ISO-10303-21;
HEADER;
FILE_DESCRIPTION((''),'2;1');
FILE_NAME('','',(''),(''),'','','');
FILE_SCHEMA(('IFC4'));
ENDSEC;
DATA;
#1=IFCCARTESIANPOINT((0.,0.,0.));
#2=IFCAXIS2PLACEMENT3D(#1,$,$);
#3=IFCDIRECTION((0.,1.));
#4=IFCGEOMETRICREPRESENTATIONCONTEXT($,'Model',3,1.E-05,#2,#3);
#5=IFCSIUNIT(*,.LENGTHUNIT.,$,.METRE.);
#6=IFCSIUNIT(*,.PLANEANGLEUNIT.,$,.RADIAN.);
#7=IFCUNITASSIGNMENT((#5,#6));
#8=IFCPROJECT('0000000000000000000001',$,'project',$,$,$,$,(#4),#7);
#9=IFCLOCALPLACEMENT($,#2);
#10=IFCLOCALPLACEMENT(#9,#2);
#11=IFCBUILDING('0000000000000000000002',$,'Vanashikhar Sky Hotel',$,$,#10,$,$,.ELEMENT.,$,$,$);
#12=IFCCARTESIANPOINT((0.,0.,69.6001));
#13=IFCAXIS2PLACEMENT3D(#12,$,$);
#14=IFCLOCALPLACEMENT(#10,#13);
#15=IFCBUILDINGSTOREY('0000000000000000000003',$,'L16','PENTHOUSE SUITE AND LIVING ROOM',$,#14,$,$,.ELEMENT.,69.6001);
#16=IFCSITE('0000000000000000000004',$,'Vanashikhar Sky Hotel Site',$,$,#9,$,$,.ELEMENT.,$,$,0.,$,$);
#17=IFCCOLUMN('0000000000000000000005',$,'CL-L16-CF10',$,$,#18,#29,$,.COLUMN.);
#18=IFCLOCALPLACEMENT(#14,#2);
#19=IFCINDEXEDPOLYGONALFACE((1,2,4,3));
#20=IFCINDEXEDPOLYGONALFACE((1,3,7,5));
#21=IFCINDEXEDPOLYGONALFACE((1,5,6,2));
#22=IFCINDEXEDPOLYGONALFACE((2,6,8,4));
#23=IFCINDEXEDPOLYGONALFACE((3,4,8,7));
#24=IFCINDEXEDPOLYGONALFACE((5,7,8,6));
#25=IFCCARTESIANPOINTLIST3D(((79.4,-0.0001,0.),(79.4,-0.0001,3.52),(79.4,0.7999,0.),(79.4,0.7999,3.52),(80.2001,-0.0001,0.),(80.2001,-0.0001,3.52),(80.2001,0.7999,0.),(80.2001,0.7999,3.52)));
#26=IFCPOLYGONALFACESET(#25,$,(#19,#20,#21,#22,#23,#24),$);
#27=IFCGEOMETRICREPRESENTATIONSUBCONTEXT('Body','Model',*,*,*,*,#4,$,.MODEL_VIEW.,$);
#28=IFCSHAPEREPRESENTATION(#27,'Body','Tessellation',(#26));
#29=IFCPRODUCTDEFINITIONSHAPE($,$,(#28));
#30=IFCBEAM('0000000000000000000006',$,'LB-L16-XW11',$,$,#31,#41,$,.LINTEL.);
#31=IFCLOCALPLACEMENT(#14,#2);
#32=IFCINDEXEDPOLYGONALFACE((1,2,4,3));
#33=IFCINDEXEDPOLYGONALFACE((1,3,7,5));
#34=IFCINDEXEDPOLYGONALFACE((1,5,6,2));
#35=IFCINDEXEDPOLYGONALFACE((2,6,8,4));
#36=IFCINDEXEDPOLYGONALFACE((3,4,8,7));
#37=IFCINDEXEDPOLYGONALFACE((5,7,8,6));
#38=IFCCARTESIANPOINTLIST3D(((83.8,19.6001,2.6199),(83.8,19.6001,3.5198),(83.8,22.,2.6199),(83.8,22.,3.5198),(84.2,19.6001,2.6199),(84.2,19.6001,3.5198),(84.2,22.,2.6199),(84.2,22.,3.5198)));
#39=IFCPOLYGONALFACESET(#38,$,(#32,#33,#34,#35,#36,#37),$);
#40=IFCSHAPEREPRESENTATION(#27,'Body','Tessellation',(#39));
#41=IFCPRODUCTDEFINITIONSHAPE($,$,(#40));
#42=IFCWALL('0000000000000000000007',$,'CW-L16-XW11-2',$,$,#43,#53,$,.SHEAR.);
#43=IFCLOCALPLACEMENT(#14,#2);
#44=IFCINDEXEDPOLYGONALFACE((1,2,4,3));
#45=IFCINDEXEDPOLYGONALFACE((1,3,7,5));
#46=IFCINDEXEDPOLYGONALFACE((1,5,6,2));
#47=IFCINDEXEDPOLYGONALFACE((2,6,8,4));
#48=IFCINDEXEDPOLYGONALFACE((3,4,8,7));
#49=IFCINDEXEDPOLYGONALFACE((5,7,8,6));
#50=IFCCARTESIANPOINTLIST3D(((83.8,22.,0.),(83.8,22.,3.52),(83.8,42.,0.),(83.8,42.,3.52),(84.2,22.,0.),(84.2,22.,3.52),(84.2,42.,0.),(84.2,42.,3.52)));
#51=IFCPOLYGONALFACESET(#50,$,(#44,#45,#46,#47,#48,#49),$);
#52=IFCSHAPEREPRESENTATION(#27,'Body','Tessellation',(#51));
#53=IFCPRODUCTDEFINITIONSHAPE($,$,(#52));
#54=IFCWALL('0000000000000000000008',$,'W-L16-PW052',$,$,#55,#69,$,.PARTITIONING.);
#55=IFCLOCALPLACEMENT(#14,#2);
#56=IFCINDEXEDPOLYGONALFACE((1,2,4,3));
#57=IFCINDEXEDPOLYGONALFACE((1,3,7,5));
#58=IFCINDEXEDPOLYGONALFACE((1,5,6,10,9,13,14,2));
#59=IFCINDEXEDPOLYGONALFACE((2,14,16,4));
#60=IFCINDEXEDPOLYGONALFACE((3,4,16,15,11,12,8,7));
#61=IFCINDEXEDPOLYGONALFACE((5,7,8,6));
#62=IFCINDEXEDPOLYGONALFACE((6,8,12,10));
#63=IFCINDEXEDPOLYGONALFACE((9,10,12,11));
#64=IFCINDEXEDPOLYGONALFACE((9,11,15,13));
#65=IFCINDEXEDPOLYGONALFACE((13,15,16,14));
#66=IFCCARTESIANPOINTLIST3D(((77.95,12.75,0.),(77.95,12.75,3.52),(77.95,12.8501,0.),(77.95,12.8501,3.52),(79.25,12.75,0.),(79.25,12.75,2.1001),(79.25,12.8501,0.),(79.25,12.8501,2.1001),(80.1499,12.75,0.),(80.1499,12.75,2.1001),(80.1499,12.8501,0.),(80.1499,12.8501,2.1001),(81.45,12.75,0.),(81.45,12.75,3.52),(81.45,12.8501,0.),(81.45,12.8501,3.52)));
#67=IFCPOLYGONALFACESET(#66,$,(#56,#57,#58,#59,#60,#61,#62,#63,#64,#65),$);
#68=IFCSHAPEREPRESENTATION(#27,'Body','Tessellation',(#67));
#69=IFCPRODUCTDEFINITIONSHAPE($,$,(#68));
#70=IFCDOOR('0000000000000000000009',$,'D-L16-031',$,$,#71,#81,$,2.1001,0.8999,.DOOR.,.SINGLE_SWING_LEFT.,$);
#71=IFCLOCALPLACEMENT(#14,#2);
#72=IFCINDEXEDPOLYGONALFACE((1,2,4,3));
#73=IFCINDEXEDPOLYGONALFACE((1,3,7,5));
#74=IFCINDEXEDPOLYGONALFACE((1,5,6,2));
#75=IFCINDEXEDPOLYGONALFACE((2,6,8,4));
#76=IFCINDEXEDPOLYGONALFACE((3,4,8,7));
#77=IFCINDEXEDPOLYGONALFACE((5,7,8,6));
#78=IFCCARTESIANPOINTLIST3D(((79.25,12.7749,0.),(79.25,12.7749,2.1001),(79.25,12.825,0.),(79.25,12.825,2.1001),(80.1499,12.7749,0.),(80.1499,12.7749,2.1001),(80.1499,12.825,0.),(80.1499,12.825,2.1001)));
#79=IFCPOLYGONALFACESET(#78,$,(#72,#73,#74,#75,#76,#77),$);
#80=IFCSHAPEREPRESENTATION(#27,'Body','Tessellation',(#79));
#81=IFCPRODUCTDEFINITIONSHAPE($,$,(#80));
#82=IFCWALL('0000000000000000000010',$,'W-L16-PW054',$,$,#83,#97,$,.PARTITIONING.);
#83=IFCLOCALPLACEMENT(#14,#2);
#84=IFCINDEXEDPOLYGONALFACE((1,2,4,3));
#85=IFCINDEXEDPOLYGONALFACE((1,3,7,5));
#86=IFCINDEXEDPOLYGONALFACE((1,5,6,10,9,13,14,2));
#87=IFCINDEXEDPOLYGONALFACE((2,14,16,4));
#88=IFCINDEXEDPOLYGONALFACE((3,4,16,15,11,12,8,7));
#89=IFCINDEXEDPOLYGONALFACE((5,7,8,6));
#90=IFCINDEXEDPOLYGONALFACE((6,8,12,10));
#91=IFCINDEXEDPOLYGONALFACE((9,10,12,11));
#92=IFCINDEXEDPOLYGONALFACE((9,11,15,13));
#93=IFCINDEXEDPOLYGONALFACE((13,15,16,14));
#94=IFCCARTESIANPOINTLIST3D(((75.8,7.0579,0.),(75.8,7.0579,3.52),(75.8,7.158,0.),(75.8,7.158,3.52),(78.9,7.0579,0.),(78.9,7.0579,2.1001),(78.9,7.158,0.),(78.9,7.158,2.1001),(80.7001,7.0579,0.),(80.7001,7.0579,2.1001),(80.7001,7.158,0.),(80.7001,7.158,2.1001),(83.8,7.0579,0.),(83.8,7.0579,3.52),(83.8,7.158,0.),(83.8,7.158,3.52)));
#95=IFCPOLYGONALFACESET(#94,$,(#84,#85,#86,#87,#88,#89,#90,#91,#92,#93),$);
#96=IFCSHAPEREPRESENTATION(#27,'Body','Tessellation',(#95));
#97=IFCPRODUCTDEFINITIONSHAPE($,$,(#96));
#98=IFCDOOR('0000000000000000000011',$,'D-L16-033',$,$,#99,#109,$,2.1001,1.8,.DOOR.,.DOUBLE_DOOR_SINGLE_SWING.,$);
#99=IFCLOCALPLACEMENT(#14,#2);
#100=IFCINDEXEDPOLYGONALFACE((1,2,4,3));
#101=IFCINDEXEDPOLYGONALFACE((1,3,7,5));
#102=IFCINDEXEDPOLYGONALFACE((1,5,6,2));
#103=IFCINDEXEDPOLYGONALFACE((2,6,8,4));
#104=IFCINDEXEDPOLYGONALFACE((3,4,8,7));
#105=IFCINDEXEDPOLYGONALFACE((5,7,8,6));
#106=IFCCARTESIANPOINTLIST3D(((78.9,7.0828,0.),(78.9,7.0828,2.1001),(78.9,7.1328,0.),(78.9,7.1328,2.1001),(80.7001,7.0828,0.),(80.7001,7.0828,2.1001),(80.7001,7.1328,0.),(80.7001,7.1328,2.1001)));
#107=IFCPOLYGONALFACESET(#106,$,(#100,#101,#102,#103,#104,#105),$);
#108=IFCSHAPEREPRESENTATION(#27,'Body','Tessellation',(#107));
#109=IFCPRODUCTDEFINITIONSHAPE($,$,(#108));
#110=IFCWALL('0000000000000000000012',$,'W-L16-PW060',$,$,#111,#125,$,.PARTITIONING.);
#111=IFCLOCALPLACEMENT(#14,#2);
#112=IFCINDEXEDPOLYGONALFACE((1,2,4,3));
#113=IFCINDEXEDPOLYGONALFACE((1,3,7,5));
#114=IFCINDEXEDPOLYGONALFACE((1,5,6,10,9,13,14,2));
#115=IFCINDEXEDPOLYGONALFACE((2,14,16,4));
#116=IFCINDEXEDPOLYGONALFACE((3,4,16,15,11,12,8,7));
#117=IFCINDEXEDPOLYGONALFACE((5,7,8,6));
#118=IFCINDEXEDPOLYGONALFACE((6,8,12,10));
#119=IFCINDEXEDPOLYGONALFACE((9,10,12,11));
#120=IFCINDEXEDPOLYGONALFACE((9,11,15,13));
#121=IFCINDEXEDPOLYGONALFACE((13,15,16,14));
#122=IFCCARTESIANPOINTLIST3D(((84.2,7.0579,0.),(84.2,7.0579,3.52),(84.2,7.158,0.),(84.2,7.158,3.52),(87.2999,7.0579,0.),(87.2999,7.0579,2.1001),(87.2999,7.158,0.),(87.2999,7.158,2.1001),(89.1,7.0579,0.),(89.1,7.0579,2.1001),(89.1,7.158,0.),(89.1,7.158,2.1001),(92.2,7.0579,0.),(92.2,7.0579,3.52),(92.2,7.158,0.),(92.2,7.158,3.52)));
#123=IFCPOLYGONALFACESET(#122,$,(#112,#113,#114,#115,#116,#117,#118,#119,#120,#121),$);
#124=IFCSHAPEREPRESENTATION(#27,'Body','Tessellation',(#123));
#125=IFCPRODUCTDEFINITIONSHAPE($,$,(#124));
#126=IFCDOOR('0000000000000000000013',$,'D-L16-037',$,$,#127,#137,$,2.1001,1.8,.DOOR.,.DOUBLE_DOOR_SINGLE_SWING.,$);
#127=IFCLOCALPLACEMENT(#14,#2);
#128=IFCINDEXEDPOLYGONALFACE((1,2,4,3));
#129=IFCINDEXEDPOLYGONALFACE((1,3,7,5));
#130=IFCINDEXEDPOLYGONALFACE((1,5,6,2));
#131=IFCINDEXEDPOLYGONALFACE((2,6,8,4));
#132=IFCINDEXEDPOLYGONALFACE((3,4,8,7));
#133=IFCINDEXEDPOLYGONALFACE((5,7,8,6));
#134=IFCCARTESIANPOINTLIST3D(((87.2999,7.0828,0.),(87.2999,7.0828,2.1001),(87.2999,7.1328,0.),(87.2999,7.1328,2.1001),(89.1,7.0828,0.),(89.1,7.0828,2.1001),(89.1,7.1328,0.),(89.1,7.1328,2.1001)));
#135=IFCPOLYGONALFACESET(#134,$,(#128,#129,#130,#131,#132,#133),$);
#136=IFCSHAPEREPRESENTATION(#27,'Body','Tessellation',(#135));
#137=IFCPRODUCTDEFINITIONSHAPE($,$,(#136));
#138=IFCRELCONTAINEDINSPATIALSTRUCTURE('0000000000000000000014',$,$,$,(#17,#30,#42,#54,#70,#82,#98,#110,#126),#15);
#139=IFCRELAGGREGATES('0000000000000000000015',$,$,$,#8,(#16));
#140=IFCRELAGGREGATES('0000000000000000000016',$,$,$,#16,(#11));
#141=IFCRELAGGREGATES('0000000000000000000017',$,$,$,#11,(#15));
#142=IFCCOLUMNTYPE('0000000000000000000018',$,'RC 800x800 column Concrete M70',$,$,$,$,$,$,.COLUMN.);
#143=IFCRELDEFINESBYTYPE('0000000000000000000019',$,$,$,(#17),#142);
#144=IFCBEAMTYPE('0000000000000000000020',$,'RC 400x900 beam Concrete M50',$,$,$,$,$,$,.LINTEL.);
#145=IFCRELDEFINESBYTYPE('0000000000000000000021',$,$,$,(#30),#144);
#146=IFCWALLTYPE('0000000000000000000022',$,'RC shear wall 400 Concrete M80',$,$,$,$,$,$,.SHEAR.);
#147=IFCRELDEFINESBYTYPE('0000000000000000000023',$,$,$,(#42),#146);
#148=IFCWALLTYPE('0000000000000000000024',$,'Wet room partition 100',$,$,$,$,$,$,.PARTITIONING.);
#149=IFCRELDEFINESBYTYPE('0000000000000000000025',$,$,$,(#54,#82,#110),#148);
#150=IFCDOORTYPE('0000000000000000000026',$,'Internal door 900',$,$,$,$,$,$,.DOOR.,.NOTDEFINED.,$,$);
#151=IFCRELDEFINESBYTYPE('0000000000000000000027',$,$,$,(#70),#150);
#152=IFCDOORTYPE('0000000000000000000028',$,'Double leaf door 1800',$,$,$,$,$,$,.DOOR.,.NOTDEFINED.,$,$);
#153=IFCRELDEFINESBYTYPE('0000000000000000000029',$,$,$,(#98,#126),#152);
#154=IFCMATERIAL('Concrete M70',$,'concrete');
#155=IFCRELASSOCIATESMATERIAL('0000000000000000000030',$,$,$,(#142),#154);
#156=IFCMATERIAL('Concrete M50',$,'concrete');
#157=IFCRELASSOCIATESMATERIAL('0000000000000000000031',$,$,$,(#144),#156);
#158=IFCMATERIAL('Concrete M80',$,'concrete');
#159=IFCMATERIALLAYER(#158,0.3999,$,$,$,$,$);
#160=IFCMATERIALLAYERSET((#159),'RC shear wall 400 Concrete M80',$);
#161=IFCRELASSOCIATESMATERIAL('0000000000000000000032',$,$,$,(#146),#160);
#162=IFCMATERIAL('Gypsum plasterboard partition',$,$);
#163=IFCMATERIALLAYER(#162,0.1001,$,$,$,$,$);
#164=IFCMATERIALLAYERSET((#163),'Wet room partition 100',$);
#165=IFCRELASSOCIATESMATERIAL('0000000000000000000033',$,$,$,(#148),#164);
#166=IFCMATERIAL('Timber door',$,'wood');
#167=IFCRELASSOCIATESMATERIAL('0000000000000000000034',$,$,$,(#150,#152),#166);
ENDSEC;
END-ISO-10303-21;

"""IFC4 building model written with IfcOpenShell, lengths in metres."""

from ifc_helpers import new_model, si_unit, direction, frame, frame_2d, origin, origin_2d, place, context, subcontext, project, spatial, rectangle, extrude, source, transform, mapped, material, layer, layer_set, material_profile, profile_set, type_object, element, fill, save


model = new_model("IFC4")

# Units and contexts
model_context = context("Model", 3, precision=1e-05, world=origin(), true_north=direction((0.0, 1.0)))
body_context = subcontext(model_context, "Body", "Model", "MODEL_VIEW")
ifc_project = project(units=[si_unit("LENGTHUNIT", "METRE"), si_unit("PLANEANGLEUNIT", "RADIAN")], contexts=[model_context])

# Site, building, storey
site_placement = place(None, origin())
site = spatial("IfcSite", under=ifc_project, at=site_placement, Name="Vanashikhar Sky Hotel Site", CompositionType="ELEMENT", RefElevation=0.0)
building_placement = place(site_placement, origin())
building = spatial("IfcBuilding", under=site, at=building_placement, Name="Vanashikhar Sky Hotel", CompositionType="ELEMENT")
storey_placement = place(building_placement, frame((0.0, 0.0, 69.6001)))
storey = spatial("IfcBuildingStorey", under=building, at=storey_placement, Name="L16", Description="PENTHOUSE SUITE AND LIVING ROOM", CompositionType="ELEMENT", Elevation=69.6001)

# Column
ifc_material_1 = material(Name="Concrete M70", Category="concrete")
ifc_material_profile_1 = material_profile(ifc_material_1, rectangle(XDim=0.8, YDim=0.8, at=origin_2d()))
ifc_profile_set_1 = profile_set([ifc_material_profile_1], Name="RC 800x800 column Concrete M70")
column_type = type_object("IfcColumnType", Name="RC 800x800 column Concrete M70", PredefinedType="COLUMN", material=ifc_profile_set_1)
shared_shape_1 = source(origin(), body_context, "Body", "SweptSolid", [
    extrude(rectangle(XDim=0.8, YDim=0.8, at=origin_2d()), origin(), (0.0, 0.0, 1.0), 3.52),
])
column_placement = place(storey_placement, frame((79.8, 0.3999, 0.0), z_axis=(0.0, 0.0, 1.0), x_axis=(1.0, 0.0, 0.0)))
element("IfcColumn", 1, at=column_placement, inside=storey, type_object=column_type, Name="CL-L16-CF10", PredefinedType="COLUMN", context=body_context, shape_type="MappedRepresentation", body=[
    mapped(shared_shape_1, transform((0.0, 0.0, 0.0), scale=1.0)),
])

# Beam
ifc_material_2 = material(Name="Concrete M50", Category="concrete")
ifc_material_profile_2 = material_profile(ifc_material_2, rectangle(XDim=0.3999, YDim=0.8999, at=origin_2d()))
ifc_profile_set_2 = profile_set([ifc_material_profile_2], Name="RC 400x900 beam Concrete M50")
beam_type = type_object("IfcBeamType", Name="RC 400x900 beam Concrete M50", PredefinedType="LINTEL", material=ifc_profile_set_2)
shared_shape_2 = source(origin(), body_context, "Body", "SweptSolid", [
    extrude(rectangle(XDim=0.3999, YDim=0.8999, at=origin_2d()), origin(), (0.0, 0.0, 1.0), 2.3999),
])
beam_placement = place(storey_placement, frame((84.0, 19.6001, 3.0698), z_axis=(0.0, 1.0, 0.0), x_axis=(-1.0, 0.0, 0.0)))
element("IfcBeam", 2, at=beam_placement, inside=storey, type_object=beam_type, Name="LB-L16-XW11", PredefinedType="LINTEL", context=body_context, shape_type="MappedRepresentation", body=[
    mapped(shared_shape_2, transform((0.0, 0.0, 0.0), scale=1.0)),
])

# Wall
ifc_material_3 = material(Name="Concrete M80", Category="concrete")
ifc_layer_1 = layer(ifc_material_3, 0.3999)
ifc_layer_set_1 = layer_set([ifc_layer_1], Name="RC shear wall 400 Concrete M80")
wall_type_1 = type_object("IfcWallType", Name="RC shear wall 400 Concrete M80", PredefinedType="SHEAR", material=ifc_layer_set_1)
shared_shape_3 = source(origin(), body_context, "Body", "SweptSolid", [
    extrude(rectangle(XDim=20.0, YDim=0.3999, at=frame_2d((10.0, 0.0))), origin(), (0.0, 0.0, 1.0), 3.52),
])
wall_1_placement = place(storey_placement, frame((84.0, 22.0, 0.0), z_axis=(0.0, 0.0, 1.0), x_axis=(0.0, 1.0, 0.0)))
element("IfcWall", 3, at=wall_1_placement, inside=storey, type_object=wall_type_1, Name="CW-L16-XW11-2", PredefinedType="SHEAR", context=body_context, shape_type="MappedRepresentation", body=[
    mapped(shared_shape_3, transform((0.0, 0.0, 0.0), scale=1.0)),
])

# Walls, openings, doors
ifc_material_4 = material(Name="Gypsum plasterboard partition")
ifc_layer_2 = layer(ifc_material_4, 0.1001)
ifc_layer_set_2 = layer_set([ifc_layer_2], Name="Wet room partition 100")
wall_type_2 = type_object("IfcWallType", Name="Wet room partition 100", PredefinedType="PARTITIONING", material=ifc_layer_set_2)
shared_shape_4 = source(origin(), body_context, "Body", "SweptSolid", [
    extrude(rectangle(XDim=3.5, YDim=0.1001, at=frame_2d((1.75, 0.0))), origin(), (0.0, 0.0, 1.0), 3.52),
])
wall_2_placement = place(storey_placement, frame((77.95, 12.8, 0.0), z_axis=(0.0, 0.0, 1.0), x_axis=(1.0, 0.0, 0.0)))
wall_2 = element("IfcWall", 4, at=wall_2_placement, inside=storey, type_object=wall_type_2, Name="W-L16-PW052", PredefinedType="PARTITIONING", context=body_context, shape_type="MappedRepresentation", body=[
    mapped(shared_shape_4, transform((0.0, 0.0, 0.0), scale=1.0)),
])
shared_shape_5 = source(origin(), body_context, "Body", "SweptSolid", [
    extrude(rectangle(XDim=0.8999, YDim=2.1001, at=frame_2d((0.45, 1.05))), frame((0.0, 0.0601, 0.0), z_axis=(0.0, -1.0, 0.0), x_axis=(1.0, 0.0, 0.0)), (0.0, 0.0, 1.0), 0.1201),
])
opening_1_placement = place(wall_2_placement, frame((1.3, 0.0, 0.0)))
opening_1 = element("IfcOpeningElement", 5, at=opening_1_placement, cuts=wall_2, PredefinedType="OPENING", context=body_context, shape_type="MappedRepresentation", body=[
    mapped(shared_shape_5, transform((0.0, 0.0, 0.0), scale=1.0)),
])
ifc_material_5 = material(Name="Timber door", Category="wood")
door_type_1 = type_object("IfcDoorType", Name="Internal door 900", OperationType="NOTDEFINED", PredefinedType="DOOR", material=ifc_material_5)
shared_shape_6 = source(origin(), body_context, "Body", "SweptSolid", [
    extrude(rectangle(XDim=0.8999, YDim=2.1001, at=frame_2d((0.45, 1.05))), frame((0.0, 0.0249, 0.0), z_axis=(0.0, -1.0, 0.0), x_axis=(1.0, 0.0, 0.0)), (0.0, 0.0, 1.0), 0.05),
])
door_1_placement = place(opening_1_placement, origin())
door_1 = element("IfcDoor", 6, at=door_1_placement, inside=storey, type_object=door_type_1, Name="D-L16-031", OperationType="SINGLE_SWING_LEFT", OverallHeight=2.1001, OverallWidth=0.8999, PredefinedType="DOOR", context=body_context, shape_type="MappedRepresentation", body=[
    mapped(shared_shape_6, transform((0.0, 0.0, 0.0), scale=1.0)),
])
fill(opening_1, door_1)
shared_shape_7 = source(origin(), body_context, "Body", "SweptSolid", [
    extrude(rectangle(XDim=8.0, YDim=0.1001, at=frame_2d((4.0, 0.0))), origin(), (0.0, 0.0, 1.0), 3.52),
])
wall_3_placement = place(storey_placement, frame((75.8, 7.1079, 0.0), z_axis=(0.0, 0.0, 1.0), x_axis=(1.0, 0.0, 0.0)))
wall_3 = element("IfcWall", 7, at=wall_3_placement, inside=storey, type_object=wall_type_2, Name="W-L16-PW054", PredefinedType="PARTITIONING", context=body_context, shape_type="MappedRepresentation", body=[
    mapped(shared_shape_7, transform((0.0, 0.0, 0.0), scale=1.0)),
])
shared_shape_8 = source(origin(), body_context, "Body", "SweptSolid", [
    extrude(rectangle(XDim=1.8, YDim=2.1001, at=frame_2d((0.8999, 1.05))), frame((0.0, 0.0601, 0.0), z_axis=(0.0, -1.0, 0.0), x_axis=(1.0, 0.0, 0.0)), (0.0, 0.0, 1.0), 0.1201),
])
opening_2_placement = place(wall_3_placement, frame((3.1001, 0.0, 0.0)))
opening_2 = element("IfcOpeningElement", 8, at=opening_2_placement, cuts=wall_3, PredefinedType="OPENING", context=body_context, shape_type="MappedRepresentation", body=[
    mapped(shared_shape_8, transform((0.0, 0.0, 0.0), scale=1.0)),
])
door_type_2 = type_object("IfcDoorType", Name="Double leaf door 1800", OperationType="NOTDEFINED", PredefinedType="DOOR", material=ifc_material_5)
shared_shape_9 = source(origin(), body_context, "Body", "SweptSolid", [
    extrude(rectangle(XDim=1.8, YDim=2.1001, at=frame_2d((0.8999, 1.05))), frame((0.0, 0.0249, 0.0), z_axis=(0.0, -1.0, 0.0), x_axis=(1.0, 0.0, 0.0)), (0.0, 0.0, 1.0), 0.05),
])
door_2_placement = place(opening_2_placement, origin())
door_2 = element("IfcDoor", 9, at=door_2_placement, inside=storey, type_object=door_type_2, Name="D-L16-033", OperationType="DOUBLE_DOOR_SINGLE_SWING", OverallHeight=2.1001, OverallWidth=1.8, PredefinedType="DOOR", context=body_context, shape_type="MappedRepresentation", body=[
    mapped(shared_shape_9, transform((0.0, 0.0, 0.0), scale=1.0)),
])
fill(opening_2, door_2)
wall_4_placement = place(storey_placement, frame((84.2, 7.1079, 0.0), z_axis=(0.0, 0.0, 1.0), x_axis=(1.0, 0.0, 0.0)))
wall_4 = element("IfcWall", 10, at=wall_4_placement, inside=storey, type_object=wall_type_2, Name="W-L16-PW060", PredefinedType="PARTITIONING", context=body_context, shape_type="MappedRepresentation", body=[
    mapped(shared_shape_7, transform((0.0, 0.0, 0.0), scale=1.0)),
])
opening_3_placement = place(wall_4_placement, frame((3.1001, 0.0, 0.0)))
opening_3 = element("IfcOpeningElement", 11, at=opening_3_placement, cuts=wall_4, PredefinedType="OPENING", context=body_context, shape_type="MappedRepresentation", body=[
    mapped(shared_shape_8, transform((0.0, 0.0, 0.0), scale=1.0)),
])
door_3_placement = place(opening_3_placement, origin())
door_3 = element("IfcDoor", 12, at=door_3_placement, inside=storey, type_object=door_type_2, Name="D-L16-037", OperationType="DOUBLE_DOOR_SINGLE_SWING", OverallHeight=2.1001, OverallWidth=1.8, PredefinedType="DOOR", context=body_context, shape_type="MappedRepresentation", body=[
    mapped(shared_shape_9, transform((0.0, 0.0, 0.0), scale=1.0)),
])
fill(opening_3, door_3)

save(model, "model.ifc")
